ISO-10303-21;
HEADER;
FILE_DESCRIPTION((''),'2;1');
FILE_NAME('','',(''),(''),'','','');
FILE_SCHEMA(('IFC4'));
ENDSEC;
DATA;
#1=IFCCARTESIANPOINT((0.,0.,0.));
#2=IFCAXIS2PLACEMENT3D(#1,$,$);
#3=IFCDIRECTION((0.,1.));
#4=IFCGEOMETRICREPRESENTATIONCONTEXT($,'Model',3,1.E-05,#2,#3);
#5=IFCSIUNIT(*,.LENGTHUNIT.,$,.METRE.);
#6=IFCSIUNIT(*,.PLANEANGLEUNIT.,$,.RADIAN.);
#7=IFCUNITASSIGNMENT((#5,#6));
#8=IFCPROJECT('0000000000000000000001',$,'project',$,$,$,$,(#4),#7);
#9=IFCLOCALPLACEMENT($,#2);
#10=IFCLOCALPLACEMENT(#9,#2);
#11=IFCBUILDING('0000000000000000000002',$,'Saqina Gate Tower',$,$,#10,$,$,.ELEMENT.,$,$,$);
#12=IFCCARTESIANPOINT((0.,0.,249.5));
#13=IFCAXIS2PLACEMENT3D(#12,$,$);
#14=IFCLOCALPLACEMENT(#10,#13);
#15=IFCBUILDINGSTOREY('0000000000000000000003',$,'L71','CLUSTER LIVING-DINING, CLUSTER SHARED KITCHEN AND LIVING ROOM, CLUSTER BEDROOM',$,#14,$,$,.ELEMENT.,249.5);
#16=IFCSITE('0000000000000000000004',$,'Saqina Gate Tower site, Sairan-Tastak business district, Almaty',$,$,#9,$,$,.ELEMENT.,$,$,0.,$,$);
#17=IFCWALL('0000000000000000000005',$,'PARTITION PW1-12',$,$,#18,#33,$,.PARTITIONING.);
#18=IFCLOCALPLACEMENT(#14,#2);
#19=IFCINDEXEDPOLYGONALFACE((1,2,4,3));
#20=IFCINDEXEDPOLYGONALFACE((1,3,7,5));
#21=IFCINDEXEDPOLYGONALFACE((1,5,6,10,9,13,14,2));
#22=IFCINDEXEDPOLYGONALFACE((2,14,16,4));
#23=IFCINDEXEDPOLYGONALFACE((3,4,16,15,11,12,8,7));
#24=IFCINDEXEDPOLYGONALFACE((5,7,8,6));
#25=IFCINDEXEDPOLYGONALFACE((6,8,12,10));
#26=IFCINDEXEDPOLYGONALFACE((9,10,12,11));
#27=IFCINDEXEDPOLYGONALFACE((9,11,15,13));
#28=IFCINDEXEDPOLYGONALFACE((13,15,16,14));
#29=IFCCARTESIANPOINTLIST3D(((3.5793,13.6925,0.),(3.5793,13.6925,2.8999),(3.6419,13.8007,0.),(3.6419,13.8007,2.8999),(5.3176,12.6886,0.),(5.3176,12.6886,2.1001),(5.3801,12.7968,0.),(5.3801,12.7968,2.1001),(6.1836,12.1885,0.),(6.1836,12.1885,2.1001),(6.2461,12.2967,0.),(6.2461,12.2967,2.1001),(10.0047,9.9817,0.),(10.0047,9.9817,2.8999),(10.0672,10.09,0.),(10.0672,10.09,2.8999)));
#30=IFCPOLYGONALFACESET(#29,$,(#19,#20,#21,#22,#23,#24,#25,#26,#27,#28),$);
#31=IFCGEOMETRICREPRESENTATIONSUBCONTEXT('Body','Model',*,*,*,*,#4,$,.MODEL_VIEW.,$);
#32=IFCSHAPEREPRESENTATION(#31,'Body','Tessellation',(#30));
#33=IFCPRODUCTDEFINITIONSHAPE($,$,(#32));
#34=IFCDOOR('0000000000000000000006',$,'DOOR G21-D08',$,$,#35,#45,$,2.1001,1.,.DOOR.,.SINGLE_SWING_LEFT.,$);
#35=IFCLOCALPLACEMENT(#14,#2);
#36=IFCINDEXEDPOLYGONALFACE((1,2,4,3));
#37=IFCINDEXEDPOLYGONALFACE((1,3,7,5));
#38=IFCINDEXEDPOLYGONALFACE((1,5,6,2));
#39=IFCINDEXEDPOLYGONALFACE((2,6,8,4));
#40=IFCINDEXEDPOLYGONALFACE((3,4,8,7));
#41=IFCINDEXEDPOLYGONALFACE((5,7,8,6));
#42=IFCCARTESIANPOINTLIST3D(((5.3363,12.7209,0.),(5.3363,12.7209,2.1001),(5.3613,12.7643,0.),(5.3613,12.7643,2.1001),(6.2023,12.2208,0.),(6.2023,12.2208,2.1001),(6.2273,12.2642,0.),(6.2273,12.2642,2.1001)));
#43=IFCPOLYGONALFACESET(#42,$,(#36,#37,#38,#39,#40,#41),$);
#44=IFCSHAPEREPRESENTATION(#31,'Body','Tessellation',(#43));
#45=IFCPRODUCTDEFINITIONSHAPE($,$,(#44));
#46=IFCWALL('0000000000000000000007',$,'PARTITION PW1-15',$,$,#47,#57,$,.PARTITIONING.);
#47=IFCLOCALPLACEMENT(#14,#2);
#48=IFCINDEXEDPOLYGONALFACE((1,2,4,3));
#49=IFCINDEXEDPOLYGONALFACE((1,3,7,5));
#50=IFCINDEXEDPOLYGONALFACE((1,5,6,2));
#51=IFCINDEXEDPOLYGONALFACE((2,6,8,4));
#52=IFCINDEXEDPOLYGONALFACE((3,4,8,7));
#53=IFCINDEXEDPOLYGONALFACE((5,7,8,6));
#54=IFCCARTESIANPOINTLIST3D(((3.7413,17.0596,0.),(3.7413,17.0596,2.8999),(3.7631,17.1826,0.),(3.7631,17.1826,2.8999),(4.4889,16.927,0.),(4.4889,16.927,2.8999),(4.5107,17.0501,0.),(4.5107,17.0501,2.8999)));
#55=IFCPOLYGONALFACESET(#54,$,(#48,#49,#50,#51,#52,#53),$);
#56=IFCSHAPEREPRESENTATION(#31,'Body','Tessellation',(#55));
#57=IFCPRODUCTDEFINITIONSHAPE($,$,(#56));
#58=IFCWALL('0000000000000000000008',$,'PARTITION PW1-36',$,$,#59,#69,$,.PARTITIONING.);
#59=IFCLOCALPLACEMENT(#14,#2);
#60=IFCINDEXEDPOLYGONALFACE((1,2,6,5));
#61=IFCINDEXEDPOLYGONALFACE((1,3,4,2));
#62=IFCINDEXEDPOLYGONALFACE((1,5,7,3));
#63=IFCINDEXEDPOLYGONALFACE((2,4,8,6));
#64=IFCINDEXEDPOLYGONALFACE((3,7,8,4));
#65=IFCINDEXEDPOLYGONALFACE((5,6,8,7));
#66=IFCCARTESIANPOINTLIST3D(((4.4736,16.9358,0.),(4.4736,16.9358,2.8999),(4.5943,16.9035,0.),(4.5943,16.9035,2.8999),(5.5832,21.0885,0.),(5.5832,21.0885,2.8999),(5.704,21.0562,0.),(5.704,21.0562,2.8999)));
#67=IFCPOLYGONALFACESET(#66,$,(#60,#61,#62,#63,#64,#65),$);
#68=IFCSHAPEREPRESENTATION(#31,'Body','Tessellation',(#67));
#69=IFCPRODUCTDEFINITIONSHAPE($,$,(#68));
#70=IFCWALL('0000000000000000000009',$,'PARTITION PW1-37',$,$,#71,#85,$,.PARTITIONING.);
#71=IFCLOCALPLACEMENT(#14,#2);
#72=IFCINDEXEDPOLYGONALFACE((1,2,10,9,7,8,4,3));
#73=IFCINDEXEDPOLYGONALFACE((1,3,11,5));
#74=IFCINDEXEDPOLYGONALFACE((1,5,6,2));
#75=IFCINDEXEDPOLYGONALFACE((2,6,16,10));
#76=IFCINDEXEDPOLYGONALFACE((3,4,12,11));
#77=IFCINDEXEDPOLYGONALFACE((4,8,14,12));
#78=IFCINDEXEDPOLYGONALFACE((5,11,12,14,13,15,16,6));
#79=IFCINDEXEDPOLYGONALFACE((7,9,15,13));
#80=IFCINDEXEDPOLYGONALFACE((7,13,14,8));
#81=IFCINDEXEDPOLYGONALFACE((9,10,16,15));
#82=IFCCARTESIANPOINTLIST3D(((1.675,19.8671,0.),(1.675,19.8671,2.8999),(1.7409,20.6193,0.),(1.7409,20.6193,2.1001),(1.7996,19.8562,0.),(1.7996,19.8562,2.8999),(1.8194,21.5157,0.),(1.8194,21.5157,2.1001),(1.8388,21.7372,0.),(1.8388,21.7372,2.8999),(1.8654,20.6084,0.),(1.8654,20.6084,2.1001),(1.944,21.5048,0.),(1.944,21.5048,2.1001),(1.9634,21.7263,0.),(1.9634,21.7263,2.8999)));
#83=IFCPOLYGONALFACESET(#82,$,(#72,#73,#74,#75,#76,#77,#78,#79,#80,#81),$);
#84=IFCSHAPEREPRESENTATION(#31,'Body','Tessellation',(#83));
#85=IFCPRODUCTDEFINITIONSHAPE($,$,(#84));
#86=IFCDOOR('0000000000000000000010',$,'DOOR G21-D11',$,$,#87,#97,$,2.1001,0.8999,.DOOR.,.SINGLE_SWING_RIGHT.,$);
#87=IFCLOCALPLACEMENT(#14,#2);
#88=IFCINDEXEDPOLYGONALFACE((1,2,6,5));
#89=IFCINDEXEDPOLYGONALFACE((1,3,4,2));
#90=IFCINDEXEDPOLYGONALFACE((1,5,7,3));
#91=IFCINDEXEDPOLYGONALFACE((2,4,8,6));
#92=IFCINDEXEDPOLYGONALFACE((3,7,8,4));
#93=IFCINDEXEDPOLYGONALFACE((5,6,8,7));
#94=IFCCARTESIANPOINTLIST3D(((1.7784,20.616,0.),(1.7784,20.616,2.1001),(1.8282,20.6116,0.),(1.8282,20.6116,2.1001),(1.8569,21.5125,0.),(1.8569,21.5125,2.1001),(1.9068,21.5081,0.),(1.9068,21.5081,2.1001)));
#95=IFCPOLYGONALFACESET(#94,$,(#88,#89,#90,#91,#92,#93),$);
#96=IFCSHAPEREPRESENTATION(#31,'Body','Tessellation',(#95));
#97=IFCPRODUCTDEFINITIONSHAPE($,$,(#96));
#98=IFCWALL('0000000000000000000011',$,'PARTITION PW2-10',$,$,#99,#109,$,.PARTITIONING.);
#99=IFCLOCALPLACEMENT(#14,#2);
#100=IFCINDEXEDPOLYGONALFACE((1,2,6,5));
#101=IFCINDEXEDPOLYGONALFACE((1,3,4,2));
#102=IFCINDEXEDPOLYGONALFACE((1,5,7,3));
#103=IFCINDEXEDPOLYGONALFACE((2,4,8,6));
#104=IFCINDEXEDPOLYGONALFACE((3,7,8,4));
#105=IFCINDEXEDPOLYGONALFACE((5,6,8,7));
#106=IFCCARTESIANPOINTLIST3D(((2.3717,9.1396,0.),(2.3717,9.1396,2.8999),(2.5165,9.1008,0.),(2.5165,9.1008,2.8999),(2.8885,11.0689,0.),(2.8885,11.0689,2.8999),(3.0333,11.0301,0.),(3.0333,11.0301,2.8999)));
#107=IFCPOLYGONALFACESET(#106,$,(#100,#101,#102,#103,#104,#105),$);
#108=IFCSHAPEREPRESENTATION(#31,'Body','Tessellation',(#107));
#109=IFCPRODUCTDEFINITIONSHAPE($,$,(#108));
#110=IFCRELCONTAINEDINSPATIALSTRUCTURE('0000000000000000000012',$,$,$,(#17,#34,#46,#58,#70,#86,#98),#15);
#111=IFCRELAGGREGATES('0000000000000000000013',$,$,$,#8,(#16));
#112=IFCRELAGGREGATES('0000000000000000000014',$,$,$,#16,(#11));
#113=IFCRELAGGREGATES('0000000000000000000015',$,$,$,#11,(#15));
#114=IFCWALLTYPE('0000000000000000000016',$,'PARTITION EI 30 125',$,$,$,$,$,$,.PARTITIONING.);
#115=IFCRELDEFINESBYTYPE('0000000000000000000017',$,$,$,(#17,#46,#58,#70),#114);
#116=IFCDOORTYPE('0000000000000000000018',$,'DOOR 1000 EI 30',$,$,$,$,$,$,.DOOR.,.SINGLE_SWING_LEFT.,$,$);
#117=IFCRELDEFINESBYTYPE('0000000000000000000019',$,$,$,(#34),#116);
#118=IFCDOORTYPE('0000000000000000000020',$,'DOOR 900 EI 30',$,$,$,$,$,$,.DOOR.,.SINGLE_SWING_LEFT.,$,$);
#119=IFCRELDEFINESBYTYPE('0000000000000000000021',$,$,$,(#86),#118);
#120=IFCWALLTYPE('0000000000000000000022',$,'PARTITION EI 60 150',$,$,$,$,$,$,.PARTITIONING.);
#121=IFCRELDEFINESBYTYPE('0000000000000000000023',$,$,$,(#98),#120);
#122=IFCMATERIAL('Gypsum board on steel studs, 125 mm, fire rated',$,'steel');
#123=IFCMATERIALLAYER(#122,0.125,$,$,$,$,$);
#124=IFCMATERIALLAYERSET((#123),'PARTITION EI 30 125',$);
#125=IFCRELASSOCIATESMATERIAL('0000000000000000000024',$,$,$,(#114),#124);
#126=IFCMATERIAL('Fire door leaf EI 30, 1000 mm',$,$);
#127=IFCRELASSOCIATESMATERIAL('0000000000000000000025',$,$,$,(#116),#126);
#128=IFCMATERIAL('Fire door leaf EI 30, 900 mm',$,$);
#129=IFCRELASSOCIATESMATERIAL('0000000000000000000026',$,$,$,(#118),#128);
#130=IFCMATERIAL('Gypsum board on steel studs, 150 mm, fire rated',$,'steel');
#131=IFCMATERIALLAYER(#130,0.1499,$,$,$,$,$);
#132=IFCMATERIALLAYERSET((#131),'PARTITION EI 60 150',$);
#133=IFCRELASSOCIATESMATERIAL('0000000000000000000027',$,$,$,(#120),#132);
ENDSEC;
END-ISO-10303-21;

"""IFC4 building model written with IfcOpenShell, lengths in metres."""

from ifc_helpers import new_model, si_unit, direction, frame, frame_2d, origin, place, context, subcontext, project, spatial, rectangle, extrude, material, layer, layer_set, type_object, element, fill, save


model = new_model("IFC4")

# Units and contexts
model_context = context("Model", 3, precision=1e-05, world=origin(), true_north=direction((0.0, 1.0)))
body_context = subcontext(model_context, "Body", "Model", "MODEL_VIEW")
ifc_project = project(units=[si_unit("LENGTHUNIT", "METRE"), si_unit("PLANEANGLEUNIT", "RADIAN")], contexts=[model_context])

# Site, building, storey
site_placement = place(None, origin())
site = spatial("IfcSite", under=ifc_project, at=site_placement, Name="Saqina Gate Tower site, Sairan-Tastak business district, Almaty", CompositionType="ELEMENT", RefElevation=0.0)
building_placement = place(site_placement, origin())
building = spatial("IfcBuilding", under=site, at=building_placement, Name="Saqina Gate Tower", CompositionType="ELEMENT")
storey_placement = place(building_placement, frame((0.0, 0.0, 249.5)))
storey = spatial("IfcBuildingStorey", under=building, at=storey_placement, Name="L71", Description="CLUSTER LIVING-DINING, CLUSTER SHARED KITCHEN AND LIVING ROOM, CLUSTER BEDROOM", CompositionType="ELEMENT", Elevation=249.5)

# Wall, opening, door
ifc_material_1 = material(Name="Gypsum board on steel studs, 125 mm, fire rated", Category="steel")
ifc_layer_1 = layer(ifc_material_1, 0.125)
ifc_layer_set_1 = layer_set([ifc_layer_1], Name="PARTITION EI 30 125")
wall_type_1 = type_object("IfcWallType", Name="PARTITION EI 30 125", PredefinedType="PARTITIONING", material=ifc_layer_set_1)
ifc_material_2 = material(Name="Fire door leaf EI 30, 1000 mm")
door_type_1 = type_object("IfcDoorType", Name="DOOR 1000 EI 30", OperationType="SINGLE_SWING_LEFT", PredefinedType="DOOR", material=ifc_material_2)
wall_1_placement = place(storey_placement, frame((3.6106, 13.7466, 0.0), z_axis=(0.0, 0.0, 1.0), x_axis=(0.865964, -0.500106, 0.0)))
wall_1 = element("IfcWall", 1, at=wall_1_placement, inside=storey, type_object=wall_type_1, Name="PARTITION PW1-12", PredefinedType="PARTITIONING", context=body_context, shape_type="SweptSolid", body=[
    extrude(rectangle(XDim=7.4199, YDim=0.125, at=frame_2d((3.71, 0.0))), origin(), (0.0, 0.0, 1.0), 2.8999),
])
opening_1_placement = place(wall_1_placement, frame((2.0073, 0.0, 0.0)))
opening_1 = element("IfcOpeningElement", 2, at=opening_1_placement, cuts=wall_1, PredefinedType="OPENING", context=body_context, shape_type="SweptSolid", body=[
    extrude(rectangle(XDim=1.0, YDim=2.1001, at=frame_2d((0.5, 1.05))), frame((0.0, 0.0745, 0.0), z_axis=(0.0, -1.0, 0.0), x_axis=(1.0, 0.0, 0.0)), (0.0, 0.0, 1.0), 0.1489),
])
door_1_placement = place(opening_1_placement, origin())
door_1 = element("IfcDoor", 3, at=door_1_placement, inside=storey, type_object=door_type_1, Name="DOOR G21-D08", OperationType="SINGLE_SWING_LEFT", OverallHeight=2.1001, OverallWidth=1.0, PredefinedType="DOOR", context=body_context, shape_type="SweptSolid", body=[
    extrude(rectangle(XDim=1.0, YDim=2.1001, at=frame_2d((0.5, 1.05))), frame((0.0, 0.0249, 0.0), z_axis=(0.0, -1.0, 0.0), x_axis=(1.0, 0.0, 0.0)), (0.0, 0.0, 1.0), 0.05),
])
fill(opening_1, door_1)

# Walls
wall_2_placement = place(storey_placement, frame((3.7522, 17.1211, 0.0), z_axis=(0.0, 0.0, 1.0), x_axis=(0.984638, -0.174611, 0.0)))
element("IfcWall", 4, at=wall_2_placement, inside=storey, type_object=wall_type_1, Name="PARTITION PW1-15", PredefinedType="PARTITIONING", context=body_context, shape_type="SweptSolid", body=[
    extrude(rectangle(XDim=0.7593, YDim=0.125, at=frame_2d((0.3796, 0.0))), origin(), (0.0, 0.0, 1.0), 2.8999),
])
wall_3_placement = place(storey_placement, frame((4.5339, 16.9197, 0.0), z_axis=(0.0, 0.0, 1.0), x_axis=(0.258154, 0.966104, 0.0)))
element("IfcWall", 5, at=wall_3_placement, inside=storey, type_object=wall_type_1, Name="PARTITION PW1-36", PredefinedType="PARTITIONING", context=body_context, shape_type="SweptSolid", body=[
    extrude(rectangle(XDim=4.2983, YDim=0.125, at=frame_2d((2.1492, 0.0))), origin(), (0.0, 0.0, 1.0), 2.8999),
])

# Wall, opening, door
wall_4_placement = place(storey_placement, frame((1.7373, 19.8618, 0.0), z_axis=(0.0, 0.0, 1.0), x_axis=(0.087264, 0.996185, 0.0)))
wall_4 = element("IfcWall", 6, at=wall_4_placement, inside=storey, type_object=wall_type_1, Name="PARTITION PW1-37", PredefinedType="PARTITIONING", context=body_context, shape_type="SweptSolid", body=[
    extrude(rectangle(XDim=1.8772, YDim=0.125, at=frame_2d((0.9385, 0.0))), origin(), (0.0, 0.0, 1.0), 2.8999),
])
opening_2_placement = place(wall_4_placement, frame((0.7549, 0.0, 0.0)))
opening_2 = element("IfcOpeningElement", 7, at=opening_2_placement, cuts=wall_4, PredefinedType="OPENING", context=body_context, shape_type="SweptSolid", body=[
    extrude(rectangle(XDim=0.8999, YDim=2.1001, at=frame_2d((0.45, 1.05))), frame((0.0, 0.0745, 0.0), z_axis=(0.0, -1.0, 0.0), x_axis=(1.0, 0.0, 0.0)), (0.0, 0.0, 1.0), 0.1489),
])
ifc_material_3 = material(Name="Fire door leaf EI 30, 900 mm")
door_type_2 = type_object("IfcDoorType", Name="DOOR 900 EI 30", OperationType="SINGLE_SWING_LEFT", PredefinedType="DOOR", material=ifc_material_3)
door_2_placement = place(opening_2_placement, origin())
door_2 = element("IfcDoor", 8, at=door_2_placement, inside=storey, type_object=door_type_2, Name="DOOR G21-D11", OperationType="SINGLE_SWING_RIGHT", OverallHeight=2.1001, OverallWidth=0.8999, PredefinedType="DOOR", context=body_context, shape_type="SweptSolid", body=[
    extrude(rectangle(XDim=0.8999, YDim=2.1001, at=frame_2d((0.45, 1.05))), frame((0.0, 0.0249, 0.0), z_axis=(0.0, -1.0, 0.0), x_axis=(1.0, 0.0, 0.0)), (0.0, 0.0, 1.0), 0.05),
])
fill(opening_2, door_2)

# Wall
ifc_material_4 = material(Name="Gypsum board on steel studs, 150 mm, fire rated", Category="steel")
ifc_layer_2 = layer(ifc_material_4, 0.1499)
ifc_layer_set_2 = layer_set([ifc_layer_2], Name="PARTITION EI 60 150")
wall_type_2 = type_object("IfcWallType", Name="PARTITION EI 60 150", PredefinedType="PARTITIONING", material=ifc_layer_set_2)
wall_5_placement = place(storey_placement, frame((2.4441, 9.1204, 0.0), z_axis=(0.0, 0.0, 1.0), x_axis=(0.258781, 0.965936, 0.0)))
element("IfcWall", 9, at=wall_5_placement, inside=storey, type_object=wall_type_2, Name="PARTITION PW2-10", PredefinedType="PARTITIONING", context=body_context, shape_type="SweptSolid", body=[
    extrude(rectangle(XDim=1.9973, YDim=0.1499, at=frame_2d((0.9985, 0.0))), origin(), (0.0, 0.0, 1.0), 2.8999),
])

save(model, "model.ifc")
